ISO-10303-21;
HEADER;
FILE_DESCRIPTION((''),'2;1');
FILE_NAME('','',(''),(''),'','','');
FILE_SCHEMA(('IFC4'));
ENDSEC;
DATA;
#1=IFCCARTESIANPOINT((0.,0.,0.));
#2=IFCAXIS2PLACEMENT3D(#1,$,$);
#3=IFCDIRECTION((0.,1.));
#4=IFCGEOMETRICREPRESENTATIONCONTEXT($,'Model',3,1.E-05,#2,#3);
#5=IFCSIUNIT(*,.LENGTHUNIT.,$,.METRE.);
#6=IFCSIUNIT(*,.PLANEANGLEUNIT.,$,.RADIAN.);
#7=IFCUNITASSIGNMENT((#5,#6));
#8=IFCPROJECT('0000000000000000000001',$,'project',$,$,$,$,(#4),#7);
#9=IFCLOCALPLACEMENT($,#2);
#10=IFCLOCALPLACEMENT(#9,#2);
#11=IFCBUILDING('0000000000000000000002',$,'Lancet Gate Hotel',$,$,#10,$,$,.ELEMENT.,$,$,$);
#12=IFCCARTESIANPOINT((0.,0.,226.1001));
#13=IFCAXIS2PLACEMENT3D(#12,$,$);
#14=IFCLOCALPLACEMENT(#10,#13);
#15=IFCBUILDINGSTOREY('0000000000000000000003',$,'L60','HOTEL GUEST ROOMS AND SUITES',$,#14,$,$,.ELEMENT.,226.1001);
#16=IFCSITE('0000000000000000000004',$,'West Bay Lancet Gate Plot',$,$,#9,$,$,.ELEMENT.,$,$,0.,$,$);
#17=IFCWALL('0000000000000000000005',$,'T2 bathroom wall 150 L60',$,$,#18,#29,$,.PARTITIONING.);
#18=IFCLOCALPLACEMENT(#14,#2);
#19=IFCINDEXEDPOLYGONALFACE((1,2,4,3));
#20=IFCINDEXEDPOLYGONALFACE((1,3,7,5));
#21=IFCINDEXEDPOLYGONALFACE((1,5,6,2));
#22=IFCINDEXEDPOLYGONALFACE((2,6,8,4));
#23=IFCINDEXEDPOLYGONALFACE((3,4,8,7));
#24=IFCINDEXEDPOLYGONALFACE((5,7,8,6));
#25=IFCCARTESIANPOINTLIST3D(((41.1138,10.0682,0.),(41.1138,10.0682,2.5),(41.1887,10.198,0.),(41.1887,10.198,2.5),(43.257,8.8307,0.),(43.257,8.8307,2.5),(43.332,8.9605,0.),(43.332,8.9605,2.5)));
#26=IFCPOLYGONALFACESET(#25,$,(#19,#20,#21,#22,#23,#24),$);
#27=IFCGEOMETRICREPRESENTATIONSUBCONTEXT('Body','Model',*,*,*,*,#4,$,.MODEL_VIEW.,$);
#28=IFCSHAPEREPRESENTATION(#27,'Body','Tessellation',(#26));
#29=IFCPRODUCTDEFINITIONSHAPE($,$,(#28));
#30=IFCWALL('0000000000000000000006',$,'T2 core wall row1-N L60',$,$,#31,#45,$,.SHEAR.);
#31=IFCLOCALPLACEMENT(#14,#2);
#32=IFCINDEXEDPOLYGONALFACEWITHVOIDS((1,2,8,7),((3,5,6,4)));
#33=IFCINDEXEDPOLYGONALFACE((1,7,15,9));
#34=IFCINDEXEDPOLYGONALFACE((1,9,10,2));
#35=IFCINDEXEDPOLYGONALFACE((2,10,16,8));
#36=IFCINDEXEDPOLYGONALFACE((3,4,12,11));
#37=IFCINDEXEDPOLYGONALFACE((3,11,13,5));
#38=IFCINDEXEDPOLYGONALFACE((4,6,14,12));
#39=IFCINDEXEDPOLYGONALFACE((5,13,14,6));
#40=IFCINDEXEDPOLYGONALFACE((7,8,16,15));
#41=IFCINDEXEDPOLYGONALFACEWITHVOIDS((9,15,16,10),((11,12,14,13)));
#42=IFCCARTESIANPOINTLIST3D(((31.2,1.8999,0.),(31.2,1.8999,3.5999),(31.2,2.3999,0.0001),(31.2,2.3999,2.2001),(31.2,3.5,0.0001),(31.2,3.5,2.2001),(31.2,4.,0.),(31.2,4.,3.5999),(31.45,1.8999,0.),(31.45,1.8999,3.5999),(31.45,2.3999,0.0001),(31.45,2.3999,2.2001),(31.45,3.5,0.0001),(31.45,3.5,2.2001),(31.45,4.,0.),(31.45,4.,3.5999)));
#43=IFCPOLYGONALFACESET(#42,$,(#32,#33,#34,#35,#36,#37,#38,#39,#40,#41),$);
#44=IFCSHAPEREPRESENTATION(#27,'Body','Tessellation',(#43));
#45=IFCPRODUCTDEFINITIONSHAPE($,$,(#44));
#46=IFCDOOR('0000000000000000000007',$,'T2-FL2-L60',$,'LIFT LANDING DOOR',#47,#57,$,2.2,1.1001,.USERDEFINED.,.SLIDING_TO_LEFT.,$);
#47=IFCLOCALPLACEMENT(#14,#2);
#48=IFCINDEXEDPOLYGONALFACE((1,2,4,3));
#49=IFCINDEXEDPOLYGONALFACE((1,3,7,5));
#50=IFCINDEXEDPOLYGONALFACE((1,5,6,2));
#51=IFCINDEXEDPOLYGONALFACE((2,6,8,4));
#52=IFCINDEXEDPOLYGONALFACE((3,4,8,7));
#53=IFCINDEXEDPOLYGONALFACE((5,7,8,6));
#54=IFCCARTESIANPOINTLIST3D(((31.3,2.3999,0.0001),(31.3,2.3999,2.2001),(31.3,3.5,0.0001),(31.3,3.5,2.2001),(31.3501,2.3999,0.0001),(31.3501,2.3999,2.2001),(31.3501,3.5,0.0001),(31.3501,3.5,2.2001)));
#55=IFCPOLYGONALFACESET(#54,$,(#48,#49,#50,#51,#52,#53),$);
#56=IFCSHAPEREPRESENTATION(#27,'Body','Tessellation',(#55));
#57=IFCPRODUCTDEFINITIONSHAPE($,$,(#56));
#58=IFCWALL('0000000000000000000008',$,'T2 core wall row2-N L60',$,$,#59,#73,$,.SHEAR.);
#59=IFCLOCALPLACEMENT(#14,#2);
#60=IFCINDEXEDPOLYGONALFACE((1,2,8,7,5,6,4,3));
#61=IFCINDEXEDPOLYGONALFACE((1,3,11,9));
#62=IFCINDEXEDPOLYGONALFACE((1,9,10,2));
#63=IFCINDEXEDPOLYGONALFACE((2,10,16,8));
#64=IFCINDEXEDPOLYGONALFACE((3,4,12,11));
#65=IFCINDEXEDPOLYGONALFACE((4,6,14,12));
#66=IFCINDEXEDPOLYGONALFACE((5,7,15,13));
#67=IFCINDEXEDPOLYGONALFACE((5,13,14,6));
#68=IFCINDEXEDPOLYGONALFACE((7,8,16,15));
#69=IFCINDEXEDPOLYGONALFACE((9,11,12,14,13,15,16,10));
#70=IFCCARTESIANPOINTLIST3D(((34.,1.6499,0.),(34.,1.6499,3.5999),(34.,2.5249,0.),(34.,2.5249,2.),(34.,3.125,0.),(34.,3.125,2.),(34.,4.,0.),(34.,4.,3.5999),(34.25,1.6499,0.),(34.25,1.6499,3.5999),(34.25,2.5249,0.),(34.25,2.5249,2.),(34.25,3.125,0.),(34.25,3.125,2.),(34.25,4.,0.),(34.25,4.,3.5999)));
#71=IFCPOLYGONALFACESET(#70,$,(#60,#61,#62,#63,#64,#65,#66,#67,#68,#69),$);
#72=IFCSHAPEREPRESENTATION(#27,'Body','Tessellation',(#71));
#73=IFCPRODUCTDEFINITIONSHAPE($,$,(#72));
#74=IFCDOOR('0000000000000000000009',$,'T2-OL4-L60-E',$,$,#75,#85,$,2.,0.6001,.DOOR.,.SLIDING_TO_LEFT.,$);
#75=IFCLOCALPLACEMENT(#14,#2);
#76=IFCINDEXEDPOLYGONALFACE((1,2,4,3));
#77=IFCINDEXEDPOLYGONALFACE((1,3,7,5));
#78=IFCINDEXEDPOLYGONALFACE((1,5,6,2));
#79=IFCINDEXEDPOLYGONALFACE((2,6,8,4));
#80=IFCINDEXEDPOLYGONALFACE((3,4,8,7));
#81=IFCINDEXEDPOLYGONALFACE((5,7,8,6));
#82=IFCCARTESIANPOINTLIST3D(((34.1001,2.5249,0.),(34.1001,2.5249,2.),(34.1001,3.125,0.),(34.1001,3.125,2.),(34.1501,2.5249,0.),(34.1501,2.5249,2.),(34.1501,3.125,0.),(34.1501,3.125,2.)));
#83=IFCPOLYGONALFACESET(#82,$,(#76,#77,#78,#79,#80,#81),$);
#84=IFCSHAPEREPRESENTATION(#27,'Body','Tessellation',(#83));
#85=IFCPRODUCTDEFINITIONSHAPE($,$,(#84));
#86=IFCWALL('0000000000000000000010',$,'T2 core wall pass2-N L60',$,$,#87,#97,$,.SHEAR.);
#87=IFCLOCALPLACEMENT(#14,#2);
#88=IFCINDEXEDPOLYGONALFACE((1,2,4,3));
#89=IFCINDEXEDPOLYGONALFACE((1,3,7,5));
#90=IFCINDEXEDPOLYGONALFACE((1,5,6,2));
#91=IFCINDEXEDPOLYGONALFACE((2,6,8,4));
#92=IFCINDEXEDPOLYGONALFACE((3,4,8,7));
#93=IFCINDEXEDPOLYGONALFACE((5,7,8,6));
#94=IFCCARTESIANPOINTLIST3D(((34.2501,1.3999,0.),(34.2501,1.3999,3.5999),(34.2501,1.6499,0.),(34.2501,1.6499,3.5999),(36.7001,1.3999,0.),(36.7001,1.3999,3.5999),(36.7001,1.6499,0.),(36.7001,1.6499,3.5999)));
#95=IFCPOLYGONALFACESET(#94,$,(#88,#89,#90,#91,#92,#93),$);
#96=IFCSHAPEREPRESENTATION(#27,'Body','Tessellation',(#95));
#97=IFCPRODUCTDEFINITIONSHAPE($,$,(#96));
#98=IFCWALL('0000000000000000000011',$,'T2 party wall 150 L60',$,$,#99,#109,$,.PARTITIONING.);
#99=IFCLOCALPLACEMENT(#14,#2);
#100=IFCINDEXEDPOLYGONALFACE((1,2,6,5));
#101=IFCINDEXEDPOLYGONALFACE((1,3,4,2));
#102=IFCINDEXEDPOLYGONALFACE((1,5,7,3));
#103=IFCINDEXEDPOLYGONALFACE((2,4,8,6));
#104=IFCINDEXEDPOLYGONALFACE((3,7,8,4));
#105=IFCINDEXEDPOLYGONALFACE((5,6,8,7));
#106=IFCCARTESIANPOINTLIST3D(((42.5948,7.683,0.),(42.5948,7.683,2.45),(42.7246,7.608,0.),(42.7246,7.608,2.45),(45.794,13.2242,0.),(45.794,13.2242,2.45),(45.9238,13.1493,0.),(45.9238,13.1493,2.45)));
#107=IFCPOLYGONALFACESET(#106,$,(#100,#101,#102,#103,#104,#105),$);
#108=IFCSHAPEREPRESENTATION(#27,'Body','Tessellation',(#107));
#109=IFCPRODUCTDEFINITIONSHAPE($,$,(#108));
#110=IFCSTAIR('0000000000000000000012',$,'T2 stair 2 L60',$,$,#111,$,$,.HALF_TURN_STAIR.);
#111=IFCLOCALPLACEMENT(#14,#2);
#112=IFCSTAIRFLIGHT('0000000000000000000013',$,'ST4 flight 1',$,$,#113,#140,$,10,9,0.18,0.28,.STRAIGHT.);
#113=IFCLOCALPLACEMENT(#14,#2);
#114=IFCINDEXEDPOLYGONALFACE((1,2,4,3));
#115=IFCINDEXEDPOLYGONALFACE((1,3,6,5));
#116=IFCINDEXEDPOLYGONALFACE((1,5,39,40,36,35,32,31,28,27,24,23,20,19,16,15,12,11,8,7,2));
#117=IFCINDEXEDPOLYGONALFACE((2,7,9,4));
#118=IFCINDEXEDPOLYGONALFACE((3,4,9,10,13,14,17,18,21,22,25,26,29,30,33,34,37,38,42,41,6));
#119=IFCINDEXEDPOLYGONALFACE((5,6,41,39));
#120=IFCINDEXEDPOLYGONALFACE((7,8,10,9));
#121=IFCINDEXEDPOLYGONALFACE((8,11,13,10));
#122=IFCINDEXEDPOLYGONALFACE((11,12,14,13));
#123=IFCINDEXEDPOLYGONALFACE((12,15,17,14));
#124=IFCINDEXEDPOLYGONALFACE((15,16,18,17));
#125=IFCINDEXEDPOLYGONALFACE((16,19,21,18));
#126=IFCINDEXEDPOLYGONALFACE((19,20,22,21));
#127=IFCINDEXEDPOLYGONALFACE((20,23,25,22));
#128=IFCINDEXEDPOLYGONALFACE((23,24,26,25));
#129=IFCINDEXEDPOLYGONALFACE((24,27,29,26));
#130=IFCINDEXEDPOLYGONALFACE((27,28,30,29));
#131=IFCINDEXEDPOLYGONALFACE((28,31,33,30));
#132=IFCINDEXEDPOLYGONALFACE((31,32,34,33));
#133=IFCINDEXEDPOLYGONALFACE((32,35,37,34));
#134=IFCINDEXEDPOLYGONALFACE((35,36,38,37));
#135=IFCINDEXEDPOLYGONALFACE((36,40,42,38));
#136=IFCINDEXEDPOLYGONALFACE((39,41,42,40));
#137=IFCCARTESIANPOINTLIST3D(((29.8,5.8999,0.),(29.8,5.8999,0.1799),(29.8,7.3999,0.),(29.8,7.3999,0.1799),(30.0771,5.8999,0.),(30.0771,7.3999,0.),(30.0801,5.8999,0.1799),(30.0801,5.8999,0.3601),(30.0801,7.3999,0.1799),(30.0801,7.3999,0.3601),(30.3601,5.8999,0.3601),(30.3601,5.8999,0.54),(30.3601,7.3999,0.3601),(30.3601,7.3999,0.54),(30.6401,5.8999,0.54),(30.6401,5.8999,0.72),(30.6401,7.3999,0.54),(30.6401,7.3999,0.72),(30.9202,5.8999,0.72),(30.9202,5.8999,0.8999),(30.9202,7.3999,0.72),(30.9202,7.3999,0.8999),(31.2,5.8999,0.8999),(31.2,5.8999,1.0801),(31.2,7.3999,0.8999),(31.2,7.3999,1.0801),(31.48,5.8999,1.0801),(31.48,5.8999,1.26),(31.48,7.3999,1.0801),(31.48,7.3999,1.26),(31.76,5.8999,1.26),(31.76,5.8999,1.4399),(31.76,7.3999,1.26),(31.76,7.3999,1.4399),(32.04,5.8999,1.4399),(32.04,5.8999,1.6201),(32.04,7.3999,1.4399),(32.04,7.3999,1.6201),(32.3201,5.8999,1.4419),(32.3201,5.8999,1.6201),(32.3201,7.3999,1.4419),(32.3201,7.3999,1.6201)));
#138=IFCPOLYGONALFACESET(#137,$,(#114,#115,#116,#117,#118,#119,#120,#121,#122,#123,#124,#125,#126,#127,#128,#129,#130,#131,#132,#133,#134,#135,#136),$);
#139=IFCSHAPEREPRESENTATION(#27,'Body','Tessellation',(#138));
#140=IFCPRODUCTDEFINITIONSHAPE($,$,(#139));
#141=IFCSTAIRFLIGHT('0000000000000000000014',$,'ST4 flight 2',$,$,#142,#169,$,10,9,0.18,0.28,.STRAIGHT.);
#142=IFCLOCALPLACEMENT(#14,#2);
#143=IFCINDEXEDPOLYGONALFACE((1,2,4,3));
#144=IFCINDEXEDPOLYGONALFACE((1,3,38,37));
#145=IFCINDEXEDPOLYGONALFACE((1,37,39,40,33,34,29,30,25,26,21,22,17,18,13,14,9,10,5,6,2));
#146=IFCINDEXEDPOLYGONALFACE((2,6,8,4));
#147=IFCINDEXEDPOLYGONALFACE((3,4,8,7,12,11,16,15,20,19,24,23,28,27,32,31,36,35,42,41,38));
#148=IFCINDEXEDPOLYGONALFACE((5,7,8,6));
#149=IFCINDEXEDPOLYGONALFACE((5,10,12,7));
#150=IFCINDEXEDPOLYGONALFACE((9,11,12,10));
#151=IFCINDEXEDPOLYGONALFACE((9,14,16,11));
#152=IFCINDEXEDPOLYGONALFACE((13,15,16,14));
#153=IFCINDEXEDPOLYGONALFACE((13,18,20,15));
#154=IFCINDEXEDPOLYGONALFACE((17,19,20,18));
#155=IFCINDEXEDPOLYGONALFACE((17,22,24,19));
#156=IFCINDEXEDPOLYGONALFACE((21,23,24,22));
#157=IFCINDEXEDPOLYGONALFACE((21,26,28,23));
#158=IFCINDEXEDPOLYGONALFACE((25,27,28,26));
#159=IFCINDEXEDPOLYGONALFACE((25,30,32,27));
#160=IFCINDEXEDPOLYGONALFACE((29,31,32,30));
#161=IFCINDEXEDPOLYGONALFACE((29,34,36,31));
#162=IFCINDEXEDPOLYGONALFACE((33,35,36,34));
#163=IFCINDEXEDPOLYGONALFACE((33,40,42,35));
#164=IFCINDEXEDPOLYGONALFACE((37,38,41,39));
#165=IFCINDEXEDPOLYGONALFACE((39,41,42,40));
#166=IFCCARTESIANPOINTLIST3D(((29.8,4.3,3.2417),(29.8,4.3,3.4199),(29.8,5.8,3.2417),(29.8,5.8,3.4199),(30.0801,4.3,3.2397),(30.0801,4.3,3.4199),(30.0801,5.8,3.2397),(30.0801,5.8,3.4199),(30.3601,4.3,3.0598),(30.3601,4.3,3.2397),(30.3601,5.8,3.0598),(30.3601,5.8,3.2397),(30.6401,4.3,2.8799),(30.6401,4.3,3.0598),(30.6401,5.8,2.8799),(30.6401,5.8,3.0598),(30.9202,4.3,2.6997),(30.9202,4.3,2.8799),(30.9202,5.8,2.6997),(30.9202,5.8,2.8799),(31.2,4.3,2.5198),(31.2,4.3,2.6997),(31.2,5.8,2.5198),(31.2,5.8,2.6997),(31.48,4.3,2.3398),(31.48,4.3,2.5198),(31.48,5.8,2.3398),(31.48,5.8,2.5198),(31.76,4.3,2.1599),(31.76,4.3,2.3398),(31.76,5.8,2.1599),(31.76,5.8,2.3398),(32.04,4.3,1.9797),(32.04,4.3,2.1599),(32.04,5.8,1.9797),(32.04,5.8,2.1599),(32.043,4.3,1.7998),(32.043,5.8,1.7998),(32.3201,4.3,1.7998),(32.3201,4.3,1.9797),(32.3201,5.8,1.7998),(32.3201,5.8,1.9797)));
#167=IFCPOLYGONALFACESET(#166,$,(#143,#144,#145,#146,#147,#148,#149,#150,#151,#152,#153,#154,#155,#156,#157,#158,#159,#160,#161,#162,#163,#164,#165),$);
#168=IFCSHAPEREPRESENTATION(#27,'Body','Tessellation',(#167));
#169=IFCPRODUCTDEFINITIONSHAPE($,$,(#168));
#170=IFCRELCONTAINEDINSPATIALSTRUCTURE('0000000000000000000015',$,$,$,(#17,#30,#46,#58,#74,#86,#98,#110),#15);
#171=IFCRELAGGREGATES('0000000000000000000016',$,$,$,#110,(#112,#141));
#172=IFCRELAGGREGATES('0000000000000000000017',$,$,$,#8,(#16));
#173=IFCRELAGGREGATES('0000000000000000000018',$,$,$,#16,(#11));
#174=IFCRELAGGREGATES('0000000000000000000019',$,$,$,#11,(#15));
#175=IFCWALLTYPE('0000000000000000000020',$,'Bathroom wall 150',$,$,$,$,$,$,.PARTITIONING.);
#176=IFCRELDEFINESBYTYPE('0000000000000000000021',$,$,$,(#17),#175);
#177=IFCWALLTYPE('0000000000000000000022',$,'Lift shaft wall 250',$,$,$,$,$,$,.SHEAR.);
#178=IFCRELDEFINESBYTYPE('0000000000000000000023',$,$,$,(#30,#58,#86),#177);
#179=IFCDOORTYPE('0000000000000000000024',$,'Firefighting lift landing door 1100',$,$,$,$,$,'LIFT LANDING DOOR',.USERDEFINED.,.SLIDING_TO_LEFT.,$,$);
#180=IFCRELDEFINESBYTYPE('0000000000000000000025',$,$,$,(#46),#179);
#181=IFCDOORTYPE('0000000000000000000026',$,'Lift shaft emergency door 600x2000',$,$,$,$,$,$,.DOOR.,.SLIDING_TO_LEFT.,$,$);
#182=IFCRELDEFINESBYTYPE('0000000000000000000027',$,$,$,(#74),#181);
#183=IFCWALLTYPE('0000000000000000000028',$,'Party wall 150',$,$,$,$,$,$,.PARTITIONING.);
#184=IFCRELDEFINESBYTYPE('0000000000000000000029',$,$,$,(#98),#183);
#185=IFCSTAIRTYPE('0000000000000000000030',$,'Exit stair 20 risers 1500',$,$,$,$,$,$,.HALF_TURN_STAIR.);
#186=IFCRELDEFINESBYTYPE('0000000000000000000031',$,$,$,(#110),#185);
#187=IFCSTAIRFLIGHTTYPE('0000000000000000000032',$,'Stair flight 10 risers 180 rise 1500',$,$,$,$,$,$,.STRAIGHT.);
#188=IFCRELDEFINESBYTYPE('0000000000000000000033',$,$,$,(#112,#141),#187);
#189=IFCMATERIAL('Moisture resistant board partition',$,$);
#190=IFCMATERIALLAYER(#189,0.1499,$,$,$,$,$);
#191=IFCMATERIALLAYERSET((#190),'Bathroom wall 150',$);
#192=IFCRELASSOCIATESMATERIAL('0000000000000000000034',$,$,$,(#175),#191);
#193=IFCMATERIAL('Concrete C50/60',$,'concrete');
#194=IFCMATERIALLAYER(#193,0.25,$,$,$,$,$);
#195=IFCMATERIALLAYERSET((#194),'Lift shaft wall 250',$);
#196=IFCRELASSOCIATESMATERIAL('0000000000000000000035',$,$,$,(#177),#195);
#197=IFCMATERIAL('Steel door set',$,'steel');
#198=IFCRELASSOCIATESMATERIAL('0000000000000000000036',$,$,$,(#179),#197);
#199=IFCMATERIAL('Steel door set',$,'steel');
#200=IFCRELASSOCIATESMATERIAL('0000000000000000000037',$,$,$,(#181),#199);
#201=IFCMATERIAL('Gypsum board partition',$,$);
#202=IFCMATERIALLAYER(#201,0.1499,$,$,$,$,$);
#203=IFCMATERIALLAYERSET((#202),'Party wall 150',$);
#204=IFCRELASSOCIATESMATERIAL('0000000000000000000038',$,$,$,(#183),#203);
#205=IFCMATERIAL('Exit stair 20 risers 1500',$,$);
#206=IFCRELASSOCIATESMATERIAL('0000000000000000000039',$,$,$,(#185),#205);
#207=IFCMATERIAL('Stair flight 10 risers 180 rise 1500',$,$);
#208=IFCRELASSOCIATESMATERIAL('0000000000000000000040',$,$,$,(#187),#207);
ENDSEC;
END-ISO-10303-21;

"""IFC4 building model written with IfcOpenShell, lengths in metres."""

from ifc_helpers import new_model, si_unit, direction, frame, frame_2d, origin, place, context, subcontext, project, spatial, polyline, rectangle, outline, extrude, material, layer, layer_set, type_object, element, fill, aggregate, save


model = new_model("IFC4")

# Units and contexts
model_context = context("Model", 3, precision=1e-05, world=origin(), true_north=direction((0.0, 1.0)))
body_context = subcontext(model_context, "Body", "Model", "MODEL_VIEW")
ifc_project = project(units=[si_unit("LENGTHUNIT", "METRE"), si_unit("PLANEANGLEUNIT", "RADIAN")], contexts=[model_context])

# Site, building, storey
site_placement = place(None, origin())
site = spatial("IfcSite", under=ifc_project, at=site_placement, Name="West Bay Lancet Gate Plot", CompositionType="ELEMENT", RefElevation=0.0)
building_placement = place(site_placement, origin())
building = spatial("IfcBuilding", under=site, at=building_placement, Name="Lancet Gate Hotel", CompositionType="ELEMENT")
storey_placement = place(building_placement, frame((0.0, 0.0, 226.1001)))
storey = spatial("IfcBuildingStorey", under=building, at=storey_placement, Name="L60", Description="HOTEL GUEST ROOMS AND SUITES", CompositionType="ELEMENT", Elevation=226.1001)

# Shared definitions
ifc_material_1 = material(Name="Moisture resistant board partition")
ifc_layer_1 = layer(ifc_material_1, 0.1499)
ifc_layer_set_1 = layer_set([ifc_layer_1], Name="Bathroom wall 150")
wall_type_1 = type_object("IfcWallType", Name="Bathroom wall 150", PredefinedType="PARTITIONING", material=ifc_layer_set_1)

# Wall
wall_1_placement = place(storey_placement, frame((41.1514, 10.1331, 0.0), z_axis=(0.0, 0.0, 1.0), x_axis=(0.866007, -0.500033, 0.0)))
element("IfcWall", 1, at=wall_1_placement, inside=storey, type_object=wall_type_1, Name="T2 bathroom wall 150 L60", PredefinedType="PARTITIONING", context=body_context, shape_type="SweptSolid", body=[
    extrude(rectangle(XDim=2.4749, YDim=0.1499, at=frame_2d((1.2373, 0.0))), origin(), (0.0, 0.0, 1.0), 2.5),
])

# Walls, openings, doors
ifc_material_2 = material(Name="Concrete C50/60", Category="concrete")
ifc_layer_2 = layer(ifc_material_2, 0.25)
ifc_layer_set_2 = layer_set([ifc_layer_2], Name="Lift shaft wall 250")
wall_type_2 = type_object("IfcWallType", Name="Lift shaft wall 250", PredefinedType="SHEAR", material=ifc_layer_set_2)
wall_2_placement = place(storey_placement, frame((31.325, 1.8999, 0.0), z_axis=(0.0, 0.0, 1.0), x_axis=(0.0, 1.0, 0.0)))
wall_2 = element("IfcWall", 2, at=wall_2_placement, inside=storey, type_object=wall_type_2, Name="T2 core wall row1-N L60", PredefinedType="SHEAR", context=body_context, shape_type="SweptSolid", body=[
    extrude(rectangle(XDim=2.1001, YDim=0.25, at=frame_2d((1.05, 0.0))), origin(), (0.0, 0.0, 1.0), 3.5999),
])
opening_1_placement = place(wall_2_placement, frame((0.5, 0.0, 0.0)))
opening_1 = element("IfcOpeningElement", 3, at=opening_1_placement, cuts=wall_2, PredefinedType="OPENING", context=body_context, shape_type="SweptSolid", body=[
    extrude(rectangle(XDim=1.1001, YDim=2.2, at=frame_2d((0.55, 1.1001))), frame((0.0, 0.135, 0.0), z_axis=(0.0, -1.0, 0.0), x_axis=(1.0, 0.0, 0.0)), (0.0, 0.0, 1.0), 0.27),
])
ifc_material_3 = material(Name="Steel door set", Category="steel")
door_type_1 = type_object("IfcDoorType", Name="Firefighting lift landing door 1100", ElementType="LIFT LANDING DOOR", OperationType="SLIDING_TO_LEFT", PredefinedType="USERDEFINED", material=ifc_material_3)
door_1_placement = place(opening_1_placement, origin())
door_1 = element("IfcDoor", 4, at=door_1_placement, inside=storey, type_object=door_type_1, Name="T2-FL2-L60", ObjectType="LIFT LANDING DOOR", OperationType="SLIDING_TO_LEFT", OverallHeight=2.2, OverallWidth=1.1001, PredefinedType="USERDEFINED", context=body_context, shape_type="SweptSolid", body=[
    extrude(rectangle(XDim=1.1001, YDim=2.2, at=frame_2d((0.55, 1.1001))), frame((0.0, 0.0249, 0.0), z_axis=(0.0, -1.0, 0.0), x_axis=(1.0, 0.0, 0.0)), (0.0, 0.0, 1.0), 0.05),
])
fill(opening_1, door_1)
wall_3_placement = place(storey_placement, frame((34.125, 1.6499, 0.0), z_axis=(0.0, 0.0, 1.0), x_axis=(0.0, 1.0, 0.0)))
wall_3 = element("IfcWall", 5, at=wall_3_placement, inside=storey, type_object=wall_type_2, Name="T2 core wall row2-N L60", PredefinedType="SHEAR", context=body_context, shape_type="SweptSolid", body=[
    extrude(rectangle(XDim=2.3501, YDim=0.25, at=frame_2d((1.175, 0.0))), origin(), (0.0, 0.0, 1.0), 3.5999),
])
opening_2_placement = place(wall_3_placement, frame((0.875, 0.0, 0.0)))
opening_2 = element("IfcOpeningElement", 6, at=opening_2_placement, cuts=wall_3, PredefinedType="OPENING", context=body_context, shape_type="SweptSolid", body=[
    extrude(rectangle(XDim=0.6001, YDim=2.0, at=frame_2d((0.3, 1.0))), frame((0.0, 0.135, 0.0), z_axis=(0.0, -1.0, 0.0), x_axis=(1.0, 0.0, 0.0)), (0.0, 0.0, 1.0), 0.27),
])
ifc_material_4 = material(Name="Steel door set", Category="steel")
door_type_2 = type_object("IfcDoorType", Name="Lift shaft emergency door 600x2000", OperationType="SLIDING_TO_LEFT", PredefinedType="DOOR", material=ifc_material_4)
door_2_placement = place(opening_2_placement, origin())
door_2 = element("IfcDoor", 7, at=door_2_placement, inside=storey, type_object=door_type_2, Name="T2-OL4-L60-E", OperationType="SLIDING_TO_LEFT", OverallHeight=2.0, OverallWidth=0.6001, PredefinedType="DOOR", context=body_context, shape_type="SweptSolid", body=[
    extrude(rectangle(XDim=0.6001, YDim=2.0, at=frame_2d((0.3, 1.0))), frame((0.0, 0.0249, 0.0), z_axis=(0.0, -1.0, 0.0), x_axis=(1.0, 0.0, 0.0)), (0.0, 0.0, 1.0), 0.05),
])
fill(opening_2, door_2)

# Walls
wall_4_placement = place(storey_placement, frame((34.25, 1.5249, 0.0), z_axis=(0.0, 0.0, 1.0), x_axis=(1.0, 0.0, 0.0)))
element("IfcWall", 8, at=wall_4_placement, inside=storey, type_object=wall_type_2, Name="T2 core wall pass2-N L60", PredefinedType="SHEAR", context=body_context, shape_type="SweptSolid", body=[
    extrude(rectangle(XDim=2.45, YDim=0.25, at=frame_2d((1.2251, 0.0))), origin(), (0.0, 0.0, 1.0), 3.5999),
])
ifc_material_5 = material(Name="Gypsum board partition")
ifc_layer_3 = layer(ifc_material_5, 0.1499)
ifc_layer_set_3 = layer_set([ifc_layer_3], Name="Party wall 150")
wall_type_3 = type_object("IfcWallType", Name="Party wall 150", PredefinedType="PARTITIONING", material=ifc_layer_set_3)
wall_5_placement = place(storey_placement, frame((42.6597, 7.6455, 0.0), z_axis=(0.0, 0.0, 1.0), x_axis=(0.499997, 0.866027, 0.0)))
element("IfcWall", 9, at=wall_5_placement, inside=storey, type_object=wall_type_3, Name="T2 party wall 150 L60", PredefinedType="PARTITIONING", context=body_context, shape_type="SweptSolid", body=[
    extrude(rectangle(XDim=6.3984, YDim=0.1499, at=frame_2d((3.1992, 0.0))), origin(), (0.0, 0.0, 1.0), 2.45),
])

# Stair, stair flights
ifc_material_6 = material(Name="Exit stair 20 risers 1500")
stair_type = type_object("IfcStairType", Name="Exit stair 20 risers 1500", PredefinedType="HALF_TURN_STAIR", material=ifc_material_6)
stair_placement = place(storey_placement, origin())
stair = element("IfcStair", 10, at=stair_placement, inside=storey, type_object=stair_type, Name="T2 stair 2 L60", PredefinedType="HALF_TURN_STAIR")
ifc_material_7 = material(Name="Stair flight 10 risers 180 rise 1500")
stair_flight_type = type_object("IfcStairFlightType", Name="Stair flight 10 risers 180 rise 1500", PredefinedType="STRAIGHT", material=ifc_material_7)
stair_flight_1_placement = place(storey_placement, frame((29.8, 6.6499, 0.0), z_axis=(0.0, 0.0, 1.0), x_axis=(1.0, 0.0, 0.0)))
stair_flight_1 = element("IfcStairFlight", 11, at=stair_flight_1_placement, type_object=stair_flight_type, Name="ST4 flight 1", NumberOfRisers=10, NumberOfTreads=9, PredefinedType="STRAIGHT", RiserHeight=0.18, TreadLength=0.28, context=body_context, shape_type="SweptSolid", body=[
    extrude(outline(polyline([(0.0, 0.0), (0.0, 0.1799), (0.28, 0.1799), (0.28, 0.3601), (0.5601, 0.3601), (0.5601, 0.54), (0.8401, 0.54), (0.8401, 0.72), (1.1201, 0.72), (1.1201, 0.8999), (1.3999, 0.8999), (1.3999, 1.0801), (1.6799, 1.0801), (1.6799, 1.26), (1.96, 1.26), (1.96, 1.4399), (2.24, 1.4399), (2.24, 1.6201), (2.52, 1.6201), (2.52, 1.8), (2.52, 1.4419), (0.2771, 0.0), (0.0, 0.0)])), frame((0.0, 0.75, 0.0), z_axis=(0.0, -1.0, 0.0), x_axis=(1.0, 0.0, 0.0)), (0.0, 0.0, 1.0), 1.5),
])
stair_flight_2_placement = place(storey_placement, frame((32.3201, 5.05, 1.7998), z_axis=(0.0, 0.0, 1.0), x_axis=(-1.0, 0.0, 0.0)))
stair_flight_2 = element("IfcStairFlight", 12, at=stair_flight_2_placement, type_object=stair_flight_type, Name="ST4 flight 2", NumberOfRisers=10, NumberOfTreads=9, PredefinedType="STRAIGHT", RiserHeight=0.18, TreadLength=0.28, context=body_context, shape_type="SweptSolid", body=[
    extrude(outline(polyline([(0.0, 0.0), (0.0, 0.1799), (0.28, 0.1799), (0.28, 0.3601), (0.5601, 0.3601), (0.5601, 0.54), (0.8401, 0.54), (0.8401, 0.72), (1.1201, 0.72), (1.1201, 0.8999), (1.3999, 0.8999), (1.3999, 1.0801), (1.6799, 1.0801), (1.6799, 1.26), (1.96, 1.26), (1.96, 1.4399), (2.24, 1.4399), (2.24, 1.6201), (2.52, 1.6201), (2.52, 1.8), (2.52, 1.4419), (0.2771, 0.0), (0.0, 0.0)])), frame((0.0, 0.75, 0.0), z_axis=(0.0, -1.0, 0.0), x_axis=(1.0, 0.0, 0.0)), (0.0, 0.0, 1.0), 1.5),
])
aggregate(stair, [stair_flight_1, stair_flight_2])

save(model, "model.ifc")
